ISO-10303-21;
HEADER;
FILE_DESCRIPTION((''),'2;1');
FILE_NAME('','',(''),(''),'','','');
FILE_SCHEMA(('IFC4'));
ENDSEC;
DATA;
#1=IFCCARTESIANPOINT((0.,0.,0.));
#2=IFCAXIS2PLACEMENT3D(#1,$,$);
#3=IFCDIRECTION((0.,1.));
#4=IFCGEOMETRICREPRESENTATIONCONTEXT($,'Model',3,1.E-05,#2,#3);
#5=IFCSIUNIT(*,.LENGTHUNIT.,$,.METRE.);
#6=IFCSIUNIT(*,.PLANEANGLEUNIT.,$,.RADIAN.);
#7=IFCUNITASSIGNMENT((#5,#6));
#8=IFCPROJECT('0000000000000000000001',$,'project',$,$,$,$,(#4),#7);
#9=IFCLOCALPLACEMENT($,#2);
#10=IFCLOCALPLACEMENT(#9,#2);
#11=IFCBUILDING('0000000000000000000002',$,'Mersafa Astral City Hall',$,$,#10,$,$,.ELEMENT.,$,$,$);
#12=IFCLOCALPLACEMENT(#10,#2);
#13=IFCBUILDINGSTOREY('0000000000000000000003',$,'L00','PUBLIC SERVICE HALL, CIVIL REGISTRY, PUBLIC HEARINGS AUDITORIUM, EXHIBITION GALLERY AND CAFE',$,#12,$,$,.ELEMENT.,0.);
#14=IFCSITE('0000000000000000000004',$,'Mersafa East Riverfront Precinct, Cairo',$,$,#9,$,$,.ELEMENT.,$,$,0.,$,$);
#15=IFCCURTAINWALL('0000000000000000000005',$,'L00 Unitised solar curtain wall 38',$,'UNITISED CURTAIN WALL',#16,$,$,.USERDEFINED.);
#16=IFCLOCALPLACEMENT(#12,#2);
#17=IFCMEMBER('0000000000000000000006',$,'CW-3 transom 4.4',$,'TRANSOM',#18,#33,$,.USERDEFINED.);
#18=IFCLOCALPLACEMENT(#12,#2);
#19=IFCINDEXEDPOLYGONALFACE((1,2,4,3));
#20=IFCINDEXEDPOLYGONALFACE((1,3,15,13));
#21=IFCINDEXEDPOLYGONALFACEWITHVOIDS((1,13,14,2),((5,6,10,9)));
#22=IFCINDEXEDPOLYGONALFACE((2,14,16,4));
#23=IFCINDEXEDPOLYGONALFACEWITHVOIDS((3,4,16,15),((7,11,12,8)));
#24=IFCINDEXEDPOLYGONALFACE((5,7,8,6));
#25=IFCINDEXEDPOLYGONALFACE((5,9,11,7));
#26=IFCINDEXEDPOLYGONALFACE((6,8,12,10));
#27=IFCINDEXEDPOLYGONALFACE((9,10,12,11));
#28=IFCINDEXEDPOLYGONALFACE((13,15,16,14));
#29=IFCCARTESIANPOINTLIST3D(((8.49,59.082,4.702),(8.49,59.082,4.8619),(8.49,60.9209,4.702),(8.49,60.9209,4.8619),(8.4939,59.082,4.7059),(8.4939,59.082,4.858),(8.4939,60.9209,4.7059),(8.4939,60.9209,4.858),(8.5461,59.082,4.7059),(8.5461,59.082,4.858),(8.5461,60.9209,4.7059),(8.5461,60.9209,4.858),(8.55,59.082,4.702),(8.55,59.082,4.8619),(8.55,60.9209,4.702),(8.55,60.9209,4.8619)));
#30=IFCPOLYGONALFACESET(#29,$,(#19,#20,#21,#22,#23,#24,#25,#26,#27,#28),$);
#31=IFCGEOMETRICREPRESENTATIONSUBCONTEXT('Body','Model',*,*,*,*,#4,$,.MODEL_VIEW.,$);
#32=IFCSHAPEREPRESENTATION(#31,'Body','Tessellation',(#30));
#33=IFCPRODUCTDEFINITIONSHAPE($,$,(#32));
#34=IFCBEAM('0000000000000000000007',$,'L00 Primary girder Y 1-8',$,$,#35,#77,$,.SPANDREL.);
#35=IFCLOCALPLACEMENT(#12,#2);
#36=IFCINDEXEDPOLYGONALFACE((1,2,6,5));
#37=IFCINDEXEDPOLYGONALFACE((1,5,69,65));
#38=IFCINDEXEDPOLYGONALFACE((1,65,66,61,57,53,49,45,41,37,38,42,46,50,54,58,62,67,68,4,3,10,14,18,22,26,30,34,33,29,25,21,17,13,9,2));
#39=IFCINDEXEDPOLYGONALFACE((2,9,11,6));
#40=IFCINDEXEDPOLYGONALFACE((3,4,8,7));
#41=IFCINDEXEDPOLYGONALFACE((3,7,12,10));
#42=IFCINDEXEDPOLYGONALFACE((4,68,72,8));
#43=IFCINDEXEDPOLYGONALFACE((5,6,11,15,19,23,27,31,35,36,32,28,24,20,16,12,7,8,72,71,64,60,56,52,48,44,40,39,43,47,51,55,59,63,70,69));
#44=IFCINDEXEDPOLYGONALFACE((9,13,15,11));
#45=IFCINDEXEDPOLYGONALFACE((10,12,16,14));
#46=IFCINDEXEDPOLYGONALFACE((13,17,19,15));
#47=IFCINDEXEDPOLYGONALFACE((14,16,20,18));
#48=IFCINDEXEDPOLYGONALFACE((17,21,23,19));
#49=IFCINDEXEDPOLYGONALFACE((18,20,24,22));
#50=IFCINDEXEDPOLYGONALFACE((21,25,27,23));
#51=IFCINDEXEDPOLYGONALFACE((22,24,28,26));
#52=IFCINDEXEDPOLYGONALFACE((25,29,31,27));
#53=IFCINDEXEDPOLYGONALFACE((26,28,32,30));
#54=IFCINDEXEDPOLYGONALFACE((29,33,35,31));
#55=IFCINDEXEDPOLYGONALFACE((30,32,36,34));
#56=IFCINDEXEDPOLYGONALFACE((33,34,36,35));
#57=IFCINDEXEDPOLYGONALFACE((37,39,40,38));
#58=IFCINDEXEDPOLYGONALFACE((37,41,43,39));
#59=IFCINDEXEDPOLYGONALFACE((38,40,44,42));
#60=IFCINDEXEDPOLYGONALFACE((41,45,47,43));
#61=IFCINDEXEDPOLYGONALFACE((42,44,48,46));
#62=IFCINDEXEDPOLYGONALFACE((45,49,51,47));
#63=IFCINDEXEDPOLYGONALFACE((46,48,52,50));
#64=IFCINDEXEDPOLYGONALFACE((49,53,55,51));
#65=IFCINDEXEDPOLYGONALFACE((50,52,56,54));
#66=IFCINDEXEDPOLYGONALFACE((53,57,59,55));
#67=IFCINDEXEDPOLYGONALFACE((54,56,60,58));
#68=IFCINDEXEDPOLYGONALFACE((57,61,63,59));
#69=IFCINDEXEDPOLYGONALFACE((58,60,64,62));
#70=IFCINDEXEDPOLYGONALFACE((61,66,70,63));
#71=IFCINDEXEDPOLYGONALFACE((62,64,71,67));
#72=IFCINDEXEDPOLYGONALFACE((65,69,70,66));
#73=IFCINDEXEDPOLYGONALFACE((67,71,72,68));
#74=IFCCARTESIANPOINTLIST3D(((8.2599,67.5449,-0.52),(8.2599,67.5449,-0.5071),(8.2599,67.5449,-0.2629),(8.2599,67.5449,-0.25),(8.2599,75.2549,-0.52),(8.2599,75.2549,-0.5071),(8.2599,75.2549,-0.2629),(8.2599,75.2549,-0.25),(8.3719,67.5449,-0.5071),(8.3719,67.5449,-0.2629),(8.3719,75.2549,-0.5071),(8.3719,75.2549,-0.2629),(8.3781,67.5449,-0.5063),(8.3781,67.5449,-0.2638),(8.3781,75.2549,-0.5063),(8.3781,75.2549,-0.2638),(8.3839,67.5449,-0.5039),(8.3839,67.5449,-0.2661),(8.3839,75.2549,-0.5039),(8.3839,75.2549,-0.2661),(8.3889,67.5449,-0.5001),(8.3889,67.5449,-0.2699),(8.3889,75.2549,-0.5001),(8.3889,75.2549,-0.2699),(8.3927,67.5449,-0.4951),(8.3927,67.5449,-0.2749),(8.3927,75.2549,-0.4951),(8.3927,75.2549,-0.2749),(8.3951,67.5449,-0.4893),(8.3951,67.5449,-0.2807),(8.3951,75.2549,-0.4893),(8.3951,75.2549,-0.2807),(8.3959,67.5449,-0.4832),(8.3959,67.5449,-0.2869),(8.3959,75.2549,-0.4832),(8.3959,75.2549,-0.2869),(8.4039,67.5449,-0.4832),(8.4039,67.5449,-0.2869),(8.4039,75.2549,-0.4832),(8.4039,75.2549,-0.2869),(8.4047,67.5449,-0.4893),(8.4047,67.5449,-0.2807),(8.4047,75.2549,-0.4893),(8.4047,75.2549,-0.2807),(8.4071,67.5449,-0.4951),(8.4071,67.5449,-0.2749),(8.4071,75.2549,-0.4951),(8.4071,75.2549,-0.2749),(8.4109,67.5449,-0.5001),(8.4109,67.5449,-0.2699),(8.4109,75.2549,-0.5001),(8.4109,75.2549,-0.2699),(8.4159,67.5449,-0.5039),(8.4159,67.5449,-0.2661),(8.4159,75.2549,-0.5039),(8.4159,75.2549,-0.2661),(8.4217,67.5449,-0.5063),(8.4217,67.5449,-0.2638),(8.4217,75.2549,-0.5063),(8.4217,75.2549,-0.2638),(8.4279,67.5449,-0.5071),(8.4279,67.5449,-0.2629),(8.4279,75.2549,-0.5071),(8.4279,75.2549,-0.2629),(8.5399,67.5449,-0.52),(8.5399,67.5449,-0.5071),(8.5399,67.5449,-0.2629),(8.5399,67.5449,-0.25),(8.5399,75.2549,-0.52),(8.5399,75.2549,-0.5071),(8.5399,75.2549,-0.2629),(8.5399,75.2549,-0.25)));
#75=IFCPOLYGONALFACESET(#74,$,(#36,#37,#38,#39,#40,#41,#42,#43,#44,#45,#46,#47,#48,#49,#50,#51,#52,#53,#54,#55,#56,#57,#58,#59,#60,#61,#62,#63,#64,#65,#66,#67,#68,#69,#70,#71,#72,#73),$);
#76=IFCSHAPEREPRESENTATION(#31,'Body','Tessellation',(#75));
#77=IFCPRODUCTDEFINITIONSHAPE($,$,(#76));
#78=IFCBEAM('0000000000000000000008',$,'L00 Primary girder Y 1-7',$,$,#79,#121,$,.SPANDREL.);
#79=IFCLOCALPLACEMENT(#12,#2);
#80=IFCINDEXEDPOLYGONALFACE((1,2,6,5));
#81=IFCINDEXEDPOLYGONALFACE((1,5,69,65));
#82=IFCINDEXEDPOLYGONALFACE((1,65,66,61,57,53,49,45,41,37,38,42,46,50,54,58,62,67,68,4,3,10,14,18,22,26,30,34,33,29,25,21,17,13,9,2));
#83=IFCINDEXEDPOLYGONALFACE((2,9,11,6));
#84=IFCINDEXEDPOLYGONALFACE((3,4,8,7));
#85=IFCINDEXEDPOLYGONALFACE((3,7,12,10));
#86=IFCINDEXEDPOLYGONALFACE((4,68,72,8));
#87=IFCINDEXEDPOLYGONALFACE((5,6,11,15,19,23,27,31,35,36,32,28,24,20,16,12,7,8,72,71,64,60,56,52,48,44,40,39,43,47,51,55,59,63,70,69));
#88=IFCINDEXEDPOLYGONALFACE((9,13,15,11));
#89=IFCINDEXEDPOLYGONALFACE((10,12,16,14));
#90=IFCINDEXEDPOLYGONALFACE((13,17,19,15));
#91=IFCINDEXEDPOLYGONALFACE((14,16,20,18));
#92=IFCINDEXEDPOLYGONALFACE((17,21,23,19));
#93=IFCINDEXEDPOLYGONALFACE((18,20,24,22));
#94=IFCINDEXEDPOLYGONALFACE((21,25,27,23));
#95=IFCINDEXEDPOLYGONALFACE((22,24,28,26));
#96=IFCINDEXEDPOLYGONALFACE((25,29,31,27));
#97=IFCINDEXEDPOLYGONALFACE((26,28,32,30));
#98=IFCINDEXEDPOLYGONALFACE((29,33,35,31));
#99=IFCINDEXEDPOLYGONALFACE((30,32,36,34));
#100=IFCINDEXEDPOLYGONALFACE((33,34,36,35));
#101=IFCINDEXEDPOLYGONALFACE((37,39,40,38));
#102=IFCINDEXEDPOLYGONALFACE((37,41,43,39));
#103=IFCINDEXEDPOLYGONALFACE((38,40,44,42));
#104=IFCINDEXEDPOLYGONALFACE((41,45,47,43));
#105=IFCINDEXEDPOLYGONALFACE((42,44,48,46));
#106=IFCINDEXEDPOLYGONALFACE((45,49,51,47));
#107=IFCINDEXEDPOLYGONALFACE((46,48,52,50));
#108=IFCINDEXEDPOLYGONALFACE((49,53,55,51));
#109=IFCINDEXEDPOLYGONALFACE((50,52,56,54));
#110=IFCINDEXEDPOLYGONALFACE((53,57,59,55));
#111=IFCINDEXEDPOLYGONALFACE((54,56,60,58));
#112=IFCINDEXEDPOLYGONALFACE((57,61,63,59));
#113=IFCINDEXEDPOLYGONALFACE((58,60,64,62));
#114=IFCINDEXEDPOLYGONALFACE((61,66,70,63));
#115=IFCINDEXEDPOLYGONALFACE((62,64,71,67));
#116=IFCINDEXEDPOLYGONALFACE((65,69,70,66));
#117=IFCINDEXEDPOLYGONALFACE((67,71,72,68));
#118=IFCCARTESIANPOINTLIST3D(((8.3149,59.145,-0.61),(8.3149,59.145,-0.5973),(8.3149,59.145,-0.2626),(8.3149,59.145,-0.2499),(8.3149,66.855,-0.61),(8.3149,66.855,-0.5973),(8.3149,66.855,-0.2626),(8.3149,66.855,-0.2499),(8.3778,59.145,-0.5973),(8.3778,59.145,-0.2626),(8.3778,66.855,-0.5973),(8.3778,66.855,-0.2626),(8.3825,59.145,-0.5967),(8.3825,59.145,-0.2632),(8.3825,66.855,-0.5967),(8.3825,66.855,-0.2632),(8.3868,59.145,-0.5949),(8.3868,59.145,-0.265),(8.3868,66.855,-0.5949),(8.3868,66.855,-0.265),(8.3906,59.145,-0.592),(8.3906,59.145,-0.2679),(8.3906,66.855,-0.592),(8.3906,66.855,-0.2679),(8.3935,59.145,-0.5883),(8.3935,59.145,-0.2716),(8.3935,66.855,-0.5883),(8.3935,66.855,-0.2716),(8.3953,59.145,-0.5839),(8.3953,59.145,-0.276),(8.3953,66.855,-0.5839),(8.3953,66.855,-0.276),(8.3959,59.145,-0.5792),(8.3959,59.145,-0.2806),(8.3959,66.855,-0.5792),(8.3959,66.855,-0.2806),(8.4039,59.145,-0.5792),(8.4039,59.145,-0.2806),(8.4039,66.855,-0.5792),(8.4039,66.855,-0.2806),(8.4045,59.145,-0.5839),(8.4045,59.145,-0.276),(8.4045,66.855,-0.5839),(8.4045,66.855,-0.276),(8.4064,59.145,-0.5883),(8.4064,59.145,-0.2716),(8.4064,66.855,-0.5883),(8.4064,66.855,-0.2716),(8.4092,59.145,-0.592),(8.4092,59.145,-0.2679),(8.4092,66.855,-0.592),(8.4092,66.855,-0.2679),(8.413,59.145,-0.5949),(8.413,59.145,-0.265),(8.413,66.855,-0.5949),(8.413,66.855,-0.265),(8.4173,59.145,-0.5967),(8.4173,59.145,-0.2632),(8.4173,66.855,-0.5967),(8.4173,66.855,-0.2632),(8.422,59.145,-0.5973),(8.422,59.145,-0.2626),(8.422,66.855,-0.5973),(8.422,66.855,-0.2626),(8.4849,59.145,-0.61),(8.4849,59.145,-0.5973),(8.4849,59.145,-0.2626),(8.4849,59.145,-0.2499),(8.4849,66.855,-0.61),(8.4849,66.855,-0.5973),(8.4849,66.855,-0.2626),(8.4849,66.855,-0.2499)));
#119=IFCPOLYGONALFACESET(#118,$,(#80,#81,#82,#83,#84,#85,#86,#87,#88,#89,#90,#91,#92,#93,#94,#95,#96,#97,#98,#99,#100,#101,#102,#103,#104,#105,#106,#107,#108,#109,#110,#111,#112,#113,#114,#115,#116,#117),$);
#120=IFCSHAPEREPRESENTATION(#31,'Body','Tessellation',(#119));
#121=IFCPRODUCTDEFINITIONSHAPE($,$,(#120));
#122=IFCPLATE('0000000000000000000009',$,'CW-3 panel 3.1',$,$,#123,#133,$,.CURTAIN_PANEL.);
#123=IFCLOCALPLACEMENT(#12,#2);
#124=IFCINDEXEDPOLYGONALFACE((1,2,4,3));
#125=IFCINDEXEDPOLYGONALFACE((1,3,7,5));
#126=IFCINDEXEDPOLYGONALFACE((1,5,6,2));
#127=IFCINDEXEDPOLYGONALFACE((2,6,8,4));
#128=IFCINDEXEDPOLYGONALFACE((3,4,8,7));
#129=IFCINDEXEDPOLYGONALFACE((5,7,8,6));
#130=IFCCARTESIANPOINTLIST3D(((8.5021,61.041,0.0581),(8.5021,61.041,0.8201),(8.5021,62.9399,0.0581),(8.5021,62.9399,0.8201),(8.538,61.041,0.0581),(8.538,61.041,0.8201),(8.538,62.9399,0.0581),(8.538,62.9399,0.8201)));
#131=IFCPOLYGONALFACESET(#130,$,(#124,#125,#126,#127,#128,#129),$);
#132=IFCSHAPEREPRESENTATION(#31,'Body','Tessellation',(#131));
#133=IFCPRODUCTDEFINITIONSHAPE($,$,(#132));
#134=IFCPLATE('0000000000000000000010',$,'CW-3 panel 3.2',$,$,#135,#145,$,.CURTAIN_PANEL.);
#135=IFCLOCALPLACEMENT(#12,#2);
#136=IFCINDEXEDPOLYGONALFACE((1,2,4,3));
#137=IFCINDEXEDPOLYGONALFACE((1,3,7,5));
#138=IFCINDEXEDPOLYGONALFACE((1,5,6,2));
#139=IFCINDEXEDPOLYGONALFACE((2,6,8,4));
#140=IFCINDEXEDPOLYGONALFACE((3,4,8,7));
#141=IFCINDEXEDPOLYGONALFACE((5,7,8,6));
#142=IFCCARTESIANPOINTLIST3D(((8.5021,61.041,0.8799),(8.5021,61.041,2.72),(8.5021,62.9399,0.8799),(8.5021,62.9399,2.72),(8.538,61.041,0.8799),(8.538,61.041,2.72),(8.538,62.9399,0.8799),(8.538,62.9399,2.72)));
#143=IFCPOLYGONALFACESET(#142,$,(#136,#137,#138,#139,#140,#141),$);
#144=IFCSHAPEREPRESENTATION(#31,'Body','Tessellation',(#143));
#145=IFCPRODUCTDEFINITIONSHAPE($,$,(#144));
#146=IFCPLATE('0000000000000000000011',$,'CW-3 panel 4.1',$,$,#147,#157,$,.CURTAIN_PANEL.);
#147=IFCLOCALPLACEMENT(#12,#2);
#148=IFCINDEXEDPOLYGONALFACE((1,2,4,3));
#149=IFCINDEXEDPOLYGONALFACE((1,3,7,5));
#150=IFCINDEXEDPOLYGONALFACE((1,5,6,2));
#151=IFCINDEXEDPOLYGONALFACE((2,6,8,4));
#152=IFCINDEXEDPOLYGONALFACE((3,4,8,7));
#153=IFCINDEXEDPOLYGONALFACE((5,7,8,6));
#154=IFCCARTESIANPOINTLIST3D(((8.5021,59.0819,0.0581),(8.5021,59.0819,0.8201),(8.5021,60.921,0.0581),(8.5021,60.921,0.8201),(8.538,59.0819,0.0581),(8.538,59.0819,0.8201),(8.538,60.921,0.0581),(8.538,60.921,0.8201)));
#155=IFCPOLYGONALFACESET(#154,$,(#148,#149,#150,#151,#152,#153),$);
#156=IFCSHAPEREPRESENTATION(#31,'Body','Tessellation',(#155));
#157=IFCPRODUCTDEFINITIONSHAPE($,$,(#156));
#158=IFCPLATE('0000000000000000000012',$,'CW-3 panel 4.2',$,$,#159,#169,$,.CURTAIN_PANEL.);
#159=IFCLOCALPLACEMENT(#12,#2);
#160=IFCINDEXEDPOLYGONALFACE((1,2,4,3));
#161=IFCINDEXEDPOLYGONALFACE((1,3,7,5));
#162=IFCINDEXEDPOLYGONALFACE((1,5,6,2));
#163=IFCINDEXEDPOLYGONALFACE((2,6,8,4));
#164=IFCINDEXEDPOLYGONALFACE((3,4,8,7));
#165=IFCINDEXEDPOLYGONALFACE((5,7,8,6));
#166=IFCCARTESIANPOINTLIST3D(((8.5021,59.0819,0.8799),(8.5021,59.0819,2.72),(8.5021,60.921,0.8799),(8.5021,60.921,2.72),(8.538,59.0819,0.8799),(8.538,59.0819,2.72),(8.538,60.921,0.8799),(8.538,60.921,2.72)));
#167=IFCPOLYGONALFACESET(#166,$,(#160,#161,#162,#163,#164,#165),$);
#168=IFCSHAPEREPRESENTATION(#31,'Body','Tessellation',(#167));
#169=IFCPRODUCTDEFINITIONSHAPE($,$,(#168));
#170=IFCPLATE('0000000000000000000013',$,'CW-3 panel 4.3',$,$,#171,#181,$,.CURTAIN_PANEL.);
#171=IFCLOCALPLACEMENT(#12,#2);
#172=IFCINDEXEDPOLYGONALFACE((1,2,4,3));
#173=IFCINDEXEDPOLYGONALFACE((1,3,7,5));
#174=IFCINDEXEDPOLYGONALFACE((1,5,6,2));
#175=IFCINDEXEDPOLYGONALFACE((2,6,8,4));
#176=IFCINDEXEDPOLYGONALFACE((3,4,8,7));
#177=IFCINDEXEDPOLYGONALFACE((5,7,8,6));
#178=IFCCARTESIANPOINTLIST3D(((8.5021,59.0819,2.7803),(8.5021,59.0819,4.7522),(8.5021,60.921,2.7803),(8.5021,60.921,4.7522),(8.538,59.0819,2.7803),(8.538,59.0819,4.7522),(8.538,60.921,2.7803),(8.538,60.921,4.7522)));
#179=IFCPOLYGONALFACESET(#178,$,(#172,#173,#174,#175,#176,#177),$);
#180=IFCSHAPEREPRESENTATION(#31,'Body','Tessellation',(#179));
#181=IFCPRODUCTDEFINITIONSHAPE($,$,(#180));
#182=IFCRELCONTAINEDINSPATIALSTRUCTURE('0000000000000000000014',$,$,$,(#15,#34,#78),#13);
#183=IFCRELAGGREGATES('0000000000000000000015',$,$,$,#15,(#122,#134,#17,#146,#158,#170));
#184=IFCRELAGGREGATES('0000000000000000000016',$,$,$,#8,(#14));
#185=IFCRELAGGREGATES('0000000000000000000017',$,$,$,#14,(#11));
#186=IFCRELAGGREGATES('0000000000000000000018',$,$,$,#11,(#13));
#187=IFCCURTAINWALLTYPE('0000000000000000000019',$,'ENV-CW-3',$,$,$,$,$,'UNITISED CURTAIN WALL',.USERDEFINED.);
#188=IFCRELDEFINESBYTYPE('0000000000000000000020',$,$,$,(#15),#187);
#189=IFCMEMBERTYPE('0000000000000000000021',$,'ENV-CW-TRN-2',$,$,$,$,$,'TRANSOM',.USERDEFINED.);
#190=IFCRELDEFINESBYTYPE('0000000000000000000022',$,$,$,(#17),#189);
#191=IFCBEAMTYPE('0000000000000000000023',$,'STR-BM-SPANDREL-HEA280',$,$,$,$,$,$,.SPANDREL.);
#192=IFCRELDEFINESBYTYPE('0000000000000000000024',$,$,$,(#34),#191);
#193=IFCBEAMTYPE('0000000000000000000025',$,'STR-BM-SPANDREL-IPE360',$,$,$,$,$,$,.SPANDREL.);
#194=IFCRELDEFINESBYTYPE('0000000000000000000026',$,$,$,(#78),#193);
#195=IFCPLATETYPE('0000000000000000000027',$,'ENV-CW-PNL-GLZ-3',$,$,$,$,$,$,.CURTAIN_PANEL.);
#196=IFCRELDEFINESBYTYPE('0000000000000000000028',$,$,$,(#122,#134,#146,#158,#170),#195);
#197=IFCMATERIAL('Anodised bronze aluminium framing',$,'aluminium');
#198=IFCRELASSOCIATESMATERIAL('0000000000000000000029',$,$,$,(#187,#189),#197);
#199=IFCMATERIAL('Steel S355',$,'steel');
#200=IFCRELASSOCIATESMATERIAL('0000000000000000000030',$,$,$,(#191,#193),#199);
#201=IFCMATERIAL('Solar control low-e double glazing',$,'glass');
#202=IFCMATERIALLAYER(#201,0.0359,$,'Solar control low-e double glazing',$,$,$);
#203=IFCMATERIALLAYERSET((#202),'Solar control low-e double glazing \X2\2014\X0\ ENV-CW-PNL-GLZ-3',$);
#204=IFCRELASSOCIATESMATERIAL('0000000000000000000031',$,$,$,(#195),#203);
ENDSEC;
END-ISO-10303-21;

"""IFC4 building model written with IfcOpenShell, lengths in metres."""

from ifc_helpers import new_model, si_unit, direction, frame, origin, origin_2d, place, context, subcontext, project, spatial, rectangle, hollow_rectangle, i_section, extrude, material, layer, layer_set, material_profile, profile_set, type_object, element, aggregate, save


model = new_model("IFC4")

# Units and contexts
model_context = context("Model", 3, precision=1e-05, world=origin(), true_north=direction((0.0, 1.0)))
body_context = subcontext(model_context, "Body", "Model", "MODEL_VIEW")
ifc_project = project(units=[si_unit("LENGTHUNIT", "METRE"), si_unit("PLANEANGLEUNIT", "RADIAN")], contexts=[model_context])

# Site, building, storey
site_placement = place(None, origin())
site = spatial("IfcSite", under=ifc_project, at=site_placement, Name="Mersafa East Riverfront Precinct, Cairo", CompositionType="ELEMENT", RefElevation=0.0)
building_placement = place(site_placement, origin())
building = spatial("IfcBuilding", under=site, at=building_placement, Name="Mersafa Astral City Hall", CompositionType="ELEMENT")
storey_placement = place(building_placement, origin())
storey = spatial("IfcBuildingStorey", under=building, at=storey_placement, Name="L00", Description="PUBLIC SERVICE HALL, CIVIL REGISTRY, PUBLIC HEARINGS AUDITORIUM, EXHIBITION GALLERY AND CAFE", CompositionType="ELEMENT", Elevation=0.0)

# Shared definitions
ifc_material_1 = material(Name="Steel S355", Category="steel")

# Curtain wall, member
ifc_material_2 = material(Name="Anodised bronze aluminium framing", Category="aluminium")
curtain_wall_type = type_object("IfcCurtainWallType", Name="ENV-CW-3", ElementType="UNITISED CURTAIN WALL", PredefinedType="USERDEFINED", material=ifc_material_2)
curtain_wall_placement = place(storey_placement, origin())
curtain_wall = element("IfcCurtainWall", 1, at=curtain_wall_placement, inside=storey, type_object=curtain_wall_type, Name="L00 Unitised solar curtain wall 38", ObjectType="UNITISED CURTAIN WALL", PredefinedType="USERDEFINED")
ifc_material_profile_1 = material_profile(ifc_material_2, hollow_rectangle(XDim=0.0601, YDim=0.1599, WallThickness=0.0039, at=origin_2d()), Name="RHS 60x160x4")
ifc_profile_set_1 = profile_set([ifc_material_profile_1], Name="Anodised bronze aluminium framing")
member_type_1 = type_object("IfcMemberType", Name="ENV-CW-TRN-2", ElementType="TRANSOM", PredefinedType="USERDEFINED", material=ifc_profile_set_1)
member_1_placement = place(storey_placement, frame((8.52, 60.9209, 4.782), z_axis=(0.0, -1.0, 0.0), x_axis=(1.0, 0.0, 0.0)))
member_1 = element("IfcMember", 2, at=member_1_placement, type_object=member_type_1, Name="CW-3 transom 4.4", ObjectType="TRANSOM", PredefinedType="USERDEFINED", context=body_context, shape_type="SweptSolid", body=[
    extrude(hollow_rectangle(XDim=0.0601, YDim=0.1599, WallThickness=0.0039, at=origin_2d()), origin(), (0.0, 0.0, 1.0), 1.8389),
])

# Beams
ifc_material_profile_2 = material_profile(ifc_material_1, i_section(OverallWidth=0.28, OverallDepth=0.27, WebThickness=0.0081, FlangeThickness=0.0129, FilletRadius=0.0239, at=origin_2d()), Name="HEA 280")
ifc_profile_set_2 = profile_set([ifc_material_profile_2], Name="Steel S355")
beam_type_1 = type_object("IfcBeamType", Name="STR-BM-SPANDREL-HEA280", PredefinedType="SPANDREL", material=ifc_profile_set_2)
beam_1_placement = place(storey_placement, frame((8.3999, 67.5449, -0.385), z_axis=(0.0, 1.0, 0.0), x_axis=(-1.0, 0.0, 0.0)))
element("IfcBeam", 3, at=beam_1_placement, inside=storey, type_object=beam_type_1, Name="L00 Primary girder Y 1-8", PredefinedType="SPANDREL", context=body_context, shape_type="SweptSolid", body=[
    extrude(i_section(OverallWidth=0.28, OverallDepth=0.27, WebThickness=0.0081, FlangeThickness=0.0129, FilletRadius=0.0239, at=origin_2d()), origin(), (0.0, 0.0, 1.0), 7.71),
])
ifc_material_profile_3 = material_profile(ifc_material_1, i_section(OverallWidth=0.1699, OverallDepth=0.3601, WebThickness=0.0081, FlangeThickness=0.0127, FilletRadius=0.0181, at=origin_2d()), Name="IPE 360")
ifc_profile_set_3 = profile_set([ifc_material_profile_3], Name="Steel S355")
beam_type_2 = type_object("IfcBeamType", Name="STR-BM-SPANDREL-IPE360", PredefinedType="SPANDREL", material=ifc_profile_set_3)
beam_2_placement = place(storey_placement, frame((8.3999, 59.145, -0.4299), z_axis=(0.0, 1.0, 0.0), x_axis=(-1.0, 0.0, 0.0)))
element("IfcBeam", 4, at=beam_2_placement, inside=storey, type_object=beam_type_2, Name="L00 Primary girder Y 1-7", PredefinedType="SPANDREL", context=body_context, shape_type="SweptSolid", body=[
    extrude(i_section(OverallWidth=0.1699, OverallDepth=0.3601, WebThickness=0.0081, FlangeThickness=0.0127, FilletRadius=0.0181, at=origin_2d()), origin(), (0.0, 0.0, 1.0), 7.71),
])

# Plates
ifc_material_3 = material(Name="Solar control low-e double glazing", Category="glass")
ifc_layer_1 = layer(ifc_material_3, 0.0359, Name="Solar control low-e double glazing")
ifc_layer_set_1 = layer_set([ifc_layer_1], Name="Solar control low-e double glazing — ENV-CW-PNL-GLZ-3")
plate_type = type_object("IfcPlateType", Name="ENV-CW-PNL-GLZ-3", PredefinedType="CURTAIN_PANEL", material=ifc_layer_set_1)
plate_1_placement = place(storey_placement, frame((8.52, 61.9905, 0.0581), z_axis=(0.0, 0.0, 1.0), x_axis=(0.0, -1.0, 0.0)))
plate_1 = element("IfcPlate", 5, at=plate_1_placement, type_object=plate_type, Name="CW-3 panel 3.1", PredefinedType="CURTAIN_PANEL", context=body_context, shape_type="SweptSolid", body=[
    extrude(rectangle(XDim=1.8989, YDim=0.0359, at=origin_2d()), origin(), (0.0, 0.0, 1.0), 0.762),
])
plate_2_placement = place(storey_placement, frame((8.52, 61.9905, 0.8799), z_axis=(0.0, 0.0, 1.0), x_axis=(0.0, -1.0, 0.0)))
plate_2 = element("IfcPlate", 6, at=plate_2_placement, type_object=plate_type, Name="CW-3 panel 3.2", PredefinedType="CURTAIN_PANEL", context=body_context, shape_type="SweptSolid", body=[
    extrude(rectangle(XDim=1.8989, YDim=0.0359, at=origin_2d()), origin(), (0.0, 0.0, 1.0), 1.8401),
])
plate_3_placement = place(storey_placement, frame((8.52, 60.0015, 0.0581), z_axis=(0.0, 0.0, 1.0), x_axis=(0.0, -1.0, 0.0)))
plate_3 = element("IfcPlate", 7, at=plate_3_placement, type_object=plate_type, Name="CW-3 panel 4.1", PredefinedType="CURTAIN_PANEL", context=body_context, shape_type="SweptSolid", body=[
    extrude(rectangle(XDim=1.8391, YDim=0.0359, at=origin_2d()), origin(), (0.0, 0.0, 1.0), 0.762),
])
plate_4_placement = place(storey_placement, frame((8.52, 60.0015, 0.8799), z_axis=(0.0, 0.0, 1.0), x_axis=(0.0, -1.0, 0.0)))
plate_4 = element("IfcPlate", 8, at=plate_4_placement, type_object=plate_type, Name="CW-3 panel 4.2", PredefinedType="CURTAIN_PANEL", context=body_context, shape_type="SweptSolid", body=[
    extrude(rectangle(XDim=1.8391, YDim=0.0359, at=origin_2d()), origin(), (0.0, 0.0, 1.0), 1.8401),
])
plate_5_placement = place(storey_placement, frame((8.52, 60.0015, 2.7803), z_axis=(0.0, 0.0, 1.0), x_axis=(0.0, -1.0, 0.0)))
plate_5 = element("IfcPlate", 9, at=plate_5_placement, type_object=plate_type, Name="CW-3 panel 4.3", PredefinedType="CURTAIN_PANEL", context=body_context, shape_type="SweptSolid", body=[
    extrude(rectangle(XDim=1.8391, YDim=0.0359, at=origin_2d()), origin(), (0.0, 0.0, 1.0), 1.9719),
])
aggregate(curtain_wall, [plate_1, plate_2, member_1, plate_3, plate_4, plate_5])

save(model, "model.ifc")
